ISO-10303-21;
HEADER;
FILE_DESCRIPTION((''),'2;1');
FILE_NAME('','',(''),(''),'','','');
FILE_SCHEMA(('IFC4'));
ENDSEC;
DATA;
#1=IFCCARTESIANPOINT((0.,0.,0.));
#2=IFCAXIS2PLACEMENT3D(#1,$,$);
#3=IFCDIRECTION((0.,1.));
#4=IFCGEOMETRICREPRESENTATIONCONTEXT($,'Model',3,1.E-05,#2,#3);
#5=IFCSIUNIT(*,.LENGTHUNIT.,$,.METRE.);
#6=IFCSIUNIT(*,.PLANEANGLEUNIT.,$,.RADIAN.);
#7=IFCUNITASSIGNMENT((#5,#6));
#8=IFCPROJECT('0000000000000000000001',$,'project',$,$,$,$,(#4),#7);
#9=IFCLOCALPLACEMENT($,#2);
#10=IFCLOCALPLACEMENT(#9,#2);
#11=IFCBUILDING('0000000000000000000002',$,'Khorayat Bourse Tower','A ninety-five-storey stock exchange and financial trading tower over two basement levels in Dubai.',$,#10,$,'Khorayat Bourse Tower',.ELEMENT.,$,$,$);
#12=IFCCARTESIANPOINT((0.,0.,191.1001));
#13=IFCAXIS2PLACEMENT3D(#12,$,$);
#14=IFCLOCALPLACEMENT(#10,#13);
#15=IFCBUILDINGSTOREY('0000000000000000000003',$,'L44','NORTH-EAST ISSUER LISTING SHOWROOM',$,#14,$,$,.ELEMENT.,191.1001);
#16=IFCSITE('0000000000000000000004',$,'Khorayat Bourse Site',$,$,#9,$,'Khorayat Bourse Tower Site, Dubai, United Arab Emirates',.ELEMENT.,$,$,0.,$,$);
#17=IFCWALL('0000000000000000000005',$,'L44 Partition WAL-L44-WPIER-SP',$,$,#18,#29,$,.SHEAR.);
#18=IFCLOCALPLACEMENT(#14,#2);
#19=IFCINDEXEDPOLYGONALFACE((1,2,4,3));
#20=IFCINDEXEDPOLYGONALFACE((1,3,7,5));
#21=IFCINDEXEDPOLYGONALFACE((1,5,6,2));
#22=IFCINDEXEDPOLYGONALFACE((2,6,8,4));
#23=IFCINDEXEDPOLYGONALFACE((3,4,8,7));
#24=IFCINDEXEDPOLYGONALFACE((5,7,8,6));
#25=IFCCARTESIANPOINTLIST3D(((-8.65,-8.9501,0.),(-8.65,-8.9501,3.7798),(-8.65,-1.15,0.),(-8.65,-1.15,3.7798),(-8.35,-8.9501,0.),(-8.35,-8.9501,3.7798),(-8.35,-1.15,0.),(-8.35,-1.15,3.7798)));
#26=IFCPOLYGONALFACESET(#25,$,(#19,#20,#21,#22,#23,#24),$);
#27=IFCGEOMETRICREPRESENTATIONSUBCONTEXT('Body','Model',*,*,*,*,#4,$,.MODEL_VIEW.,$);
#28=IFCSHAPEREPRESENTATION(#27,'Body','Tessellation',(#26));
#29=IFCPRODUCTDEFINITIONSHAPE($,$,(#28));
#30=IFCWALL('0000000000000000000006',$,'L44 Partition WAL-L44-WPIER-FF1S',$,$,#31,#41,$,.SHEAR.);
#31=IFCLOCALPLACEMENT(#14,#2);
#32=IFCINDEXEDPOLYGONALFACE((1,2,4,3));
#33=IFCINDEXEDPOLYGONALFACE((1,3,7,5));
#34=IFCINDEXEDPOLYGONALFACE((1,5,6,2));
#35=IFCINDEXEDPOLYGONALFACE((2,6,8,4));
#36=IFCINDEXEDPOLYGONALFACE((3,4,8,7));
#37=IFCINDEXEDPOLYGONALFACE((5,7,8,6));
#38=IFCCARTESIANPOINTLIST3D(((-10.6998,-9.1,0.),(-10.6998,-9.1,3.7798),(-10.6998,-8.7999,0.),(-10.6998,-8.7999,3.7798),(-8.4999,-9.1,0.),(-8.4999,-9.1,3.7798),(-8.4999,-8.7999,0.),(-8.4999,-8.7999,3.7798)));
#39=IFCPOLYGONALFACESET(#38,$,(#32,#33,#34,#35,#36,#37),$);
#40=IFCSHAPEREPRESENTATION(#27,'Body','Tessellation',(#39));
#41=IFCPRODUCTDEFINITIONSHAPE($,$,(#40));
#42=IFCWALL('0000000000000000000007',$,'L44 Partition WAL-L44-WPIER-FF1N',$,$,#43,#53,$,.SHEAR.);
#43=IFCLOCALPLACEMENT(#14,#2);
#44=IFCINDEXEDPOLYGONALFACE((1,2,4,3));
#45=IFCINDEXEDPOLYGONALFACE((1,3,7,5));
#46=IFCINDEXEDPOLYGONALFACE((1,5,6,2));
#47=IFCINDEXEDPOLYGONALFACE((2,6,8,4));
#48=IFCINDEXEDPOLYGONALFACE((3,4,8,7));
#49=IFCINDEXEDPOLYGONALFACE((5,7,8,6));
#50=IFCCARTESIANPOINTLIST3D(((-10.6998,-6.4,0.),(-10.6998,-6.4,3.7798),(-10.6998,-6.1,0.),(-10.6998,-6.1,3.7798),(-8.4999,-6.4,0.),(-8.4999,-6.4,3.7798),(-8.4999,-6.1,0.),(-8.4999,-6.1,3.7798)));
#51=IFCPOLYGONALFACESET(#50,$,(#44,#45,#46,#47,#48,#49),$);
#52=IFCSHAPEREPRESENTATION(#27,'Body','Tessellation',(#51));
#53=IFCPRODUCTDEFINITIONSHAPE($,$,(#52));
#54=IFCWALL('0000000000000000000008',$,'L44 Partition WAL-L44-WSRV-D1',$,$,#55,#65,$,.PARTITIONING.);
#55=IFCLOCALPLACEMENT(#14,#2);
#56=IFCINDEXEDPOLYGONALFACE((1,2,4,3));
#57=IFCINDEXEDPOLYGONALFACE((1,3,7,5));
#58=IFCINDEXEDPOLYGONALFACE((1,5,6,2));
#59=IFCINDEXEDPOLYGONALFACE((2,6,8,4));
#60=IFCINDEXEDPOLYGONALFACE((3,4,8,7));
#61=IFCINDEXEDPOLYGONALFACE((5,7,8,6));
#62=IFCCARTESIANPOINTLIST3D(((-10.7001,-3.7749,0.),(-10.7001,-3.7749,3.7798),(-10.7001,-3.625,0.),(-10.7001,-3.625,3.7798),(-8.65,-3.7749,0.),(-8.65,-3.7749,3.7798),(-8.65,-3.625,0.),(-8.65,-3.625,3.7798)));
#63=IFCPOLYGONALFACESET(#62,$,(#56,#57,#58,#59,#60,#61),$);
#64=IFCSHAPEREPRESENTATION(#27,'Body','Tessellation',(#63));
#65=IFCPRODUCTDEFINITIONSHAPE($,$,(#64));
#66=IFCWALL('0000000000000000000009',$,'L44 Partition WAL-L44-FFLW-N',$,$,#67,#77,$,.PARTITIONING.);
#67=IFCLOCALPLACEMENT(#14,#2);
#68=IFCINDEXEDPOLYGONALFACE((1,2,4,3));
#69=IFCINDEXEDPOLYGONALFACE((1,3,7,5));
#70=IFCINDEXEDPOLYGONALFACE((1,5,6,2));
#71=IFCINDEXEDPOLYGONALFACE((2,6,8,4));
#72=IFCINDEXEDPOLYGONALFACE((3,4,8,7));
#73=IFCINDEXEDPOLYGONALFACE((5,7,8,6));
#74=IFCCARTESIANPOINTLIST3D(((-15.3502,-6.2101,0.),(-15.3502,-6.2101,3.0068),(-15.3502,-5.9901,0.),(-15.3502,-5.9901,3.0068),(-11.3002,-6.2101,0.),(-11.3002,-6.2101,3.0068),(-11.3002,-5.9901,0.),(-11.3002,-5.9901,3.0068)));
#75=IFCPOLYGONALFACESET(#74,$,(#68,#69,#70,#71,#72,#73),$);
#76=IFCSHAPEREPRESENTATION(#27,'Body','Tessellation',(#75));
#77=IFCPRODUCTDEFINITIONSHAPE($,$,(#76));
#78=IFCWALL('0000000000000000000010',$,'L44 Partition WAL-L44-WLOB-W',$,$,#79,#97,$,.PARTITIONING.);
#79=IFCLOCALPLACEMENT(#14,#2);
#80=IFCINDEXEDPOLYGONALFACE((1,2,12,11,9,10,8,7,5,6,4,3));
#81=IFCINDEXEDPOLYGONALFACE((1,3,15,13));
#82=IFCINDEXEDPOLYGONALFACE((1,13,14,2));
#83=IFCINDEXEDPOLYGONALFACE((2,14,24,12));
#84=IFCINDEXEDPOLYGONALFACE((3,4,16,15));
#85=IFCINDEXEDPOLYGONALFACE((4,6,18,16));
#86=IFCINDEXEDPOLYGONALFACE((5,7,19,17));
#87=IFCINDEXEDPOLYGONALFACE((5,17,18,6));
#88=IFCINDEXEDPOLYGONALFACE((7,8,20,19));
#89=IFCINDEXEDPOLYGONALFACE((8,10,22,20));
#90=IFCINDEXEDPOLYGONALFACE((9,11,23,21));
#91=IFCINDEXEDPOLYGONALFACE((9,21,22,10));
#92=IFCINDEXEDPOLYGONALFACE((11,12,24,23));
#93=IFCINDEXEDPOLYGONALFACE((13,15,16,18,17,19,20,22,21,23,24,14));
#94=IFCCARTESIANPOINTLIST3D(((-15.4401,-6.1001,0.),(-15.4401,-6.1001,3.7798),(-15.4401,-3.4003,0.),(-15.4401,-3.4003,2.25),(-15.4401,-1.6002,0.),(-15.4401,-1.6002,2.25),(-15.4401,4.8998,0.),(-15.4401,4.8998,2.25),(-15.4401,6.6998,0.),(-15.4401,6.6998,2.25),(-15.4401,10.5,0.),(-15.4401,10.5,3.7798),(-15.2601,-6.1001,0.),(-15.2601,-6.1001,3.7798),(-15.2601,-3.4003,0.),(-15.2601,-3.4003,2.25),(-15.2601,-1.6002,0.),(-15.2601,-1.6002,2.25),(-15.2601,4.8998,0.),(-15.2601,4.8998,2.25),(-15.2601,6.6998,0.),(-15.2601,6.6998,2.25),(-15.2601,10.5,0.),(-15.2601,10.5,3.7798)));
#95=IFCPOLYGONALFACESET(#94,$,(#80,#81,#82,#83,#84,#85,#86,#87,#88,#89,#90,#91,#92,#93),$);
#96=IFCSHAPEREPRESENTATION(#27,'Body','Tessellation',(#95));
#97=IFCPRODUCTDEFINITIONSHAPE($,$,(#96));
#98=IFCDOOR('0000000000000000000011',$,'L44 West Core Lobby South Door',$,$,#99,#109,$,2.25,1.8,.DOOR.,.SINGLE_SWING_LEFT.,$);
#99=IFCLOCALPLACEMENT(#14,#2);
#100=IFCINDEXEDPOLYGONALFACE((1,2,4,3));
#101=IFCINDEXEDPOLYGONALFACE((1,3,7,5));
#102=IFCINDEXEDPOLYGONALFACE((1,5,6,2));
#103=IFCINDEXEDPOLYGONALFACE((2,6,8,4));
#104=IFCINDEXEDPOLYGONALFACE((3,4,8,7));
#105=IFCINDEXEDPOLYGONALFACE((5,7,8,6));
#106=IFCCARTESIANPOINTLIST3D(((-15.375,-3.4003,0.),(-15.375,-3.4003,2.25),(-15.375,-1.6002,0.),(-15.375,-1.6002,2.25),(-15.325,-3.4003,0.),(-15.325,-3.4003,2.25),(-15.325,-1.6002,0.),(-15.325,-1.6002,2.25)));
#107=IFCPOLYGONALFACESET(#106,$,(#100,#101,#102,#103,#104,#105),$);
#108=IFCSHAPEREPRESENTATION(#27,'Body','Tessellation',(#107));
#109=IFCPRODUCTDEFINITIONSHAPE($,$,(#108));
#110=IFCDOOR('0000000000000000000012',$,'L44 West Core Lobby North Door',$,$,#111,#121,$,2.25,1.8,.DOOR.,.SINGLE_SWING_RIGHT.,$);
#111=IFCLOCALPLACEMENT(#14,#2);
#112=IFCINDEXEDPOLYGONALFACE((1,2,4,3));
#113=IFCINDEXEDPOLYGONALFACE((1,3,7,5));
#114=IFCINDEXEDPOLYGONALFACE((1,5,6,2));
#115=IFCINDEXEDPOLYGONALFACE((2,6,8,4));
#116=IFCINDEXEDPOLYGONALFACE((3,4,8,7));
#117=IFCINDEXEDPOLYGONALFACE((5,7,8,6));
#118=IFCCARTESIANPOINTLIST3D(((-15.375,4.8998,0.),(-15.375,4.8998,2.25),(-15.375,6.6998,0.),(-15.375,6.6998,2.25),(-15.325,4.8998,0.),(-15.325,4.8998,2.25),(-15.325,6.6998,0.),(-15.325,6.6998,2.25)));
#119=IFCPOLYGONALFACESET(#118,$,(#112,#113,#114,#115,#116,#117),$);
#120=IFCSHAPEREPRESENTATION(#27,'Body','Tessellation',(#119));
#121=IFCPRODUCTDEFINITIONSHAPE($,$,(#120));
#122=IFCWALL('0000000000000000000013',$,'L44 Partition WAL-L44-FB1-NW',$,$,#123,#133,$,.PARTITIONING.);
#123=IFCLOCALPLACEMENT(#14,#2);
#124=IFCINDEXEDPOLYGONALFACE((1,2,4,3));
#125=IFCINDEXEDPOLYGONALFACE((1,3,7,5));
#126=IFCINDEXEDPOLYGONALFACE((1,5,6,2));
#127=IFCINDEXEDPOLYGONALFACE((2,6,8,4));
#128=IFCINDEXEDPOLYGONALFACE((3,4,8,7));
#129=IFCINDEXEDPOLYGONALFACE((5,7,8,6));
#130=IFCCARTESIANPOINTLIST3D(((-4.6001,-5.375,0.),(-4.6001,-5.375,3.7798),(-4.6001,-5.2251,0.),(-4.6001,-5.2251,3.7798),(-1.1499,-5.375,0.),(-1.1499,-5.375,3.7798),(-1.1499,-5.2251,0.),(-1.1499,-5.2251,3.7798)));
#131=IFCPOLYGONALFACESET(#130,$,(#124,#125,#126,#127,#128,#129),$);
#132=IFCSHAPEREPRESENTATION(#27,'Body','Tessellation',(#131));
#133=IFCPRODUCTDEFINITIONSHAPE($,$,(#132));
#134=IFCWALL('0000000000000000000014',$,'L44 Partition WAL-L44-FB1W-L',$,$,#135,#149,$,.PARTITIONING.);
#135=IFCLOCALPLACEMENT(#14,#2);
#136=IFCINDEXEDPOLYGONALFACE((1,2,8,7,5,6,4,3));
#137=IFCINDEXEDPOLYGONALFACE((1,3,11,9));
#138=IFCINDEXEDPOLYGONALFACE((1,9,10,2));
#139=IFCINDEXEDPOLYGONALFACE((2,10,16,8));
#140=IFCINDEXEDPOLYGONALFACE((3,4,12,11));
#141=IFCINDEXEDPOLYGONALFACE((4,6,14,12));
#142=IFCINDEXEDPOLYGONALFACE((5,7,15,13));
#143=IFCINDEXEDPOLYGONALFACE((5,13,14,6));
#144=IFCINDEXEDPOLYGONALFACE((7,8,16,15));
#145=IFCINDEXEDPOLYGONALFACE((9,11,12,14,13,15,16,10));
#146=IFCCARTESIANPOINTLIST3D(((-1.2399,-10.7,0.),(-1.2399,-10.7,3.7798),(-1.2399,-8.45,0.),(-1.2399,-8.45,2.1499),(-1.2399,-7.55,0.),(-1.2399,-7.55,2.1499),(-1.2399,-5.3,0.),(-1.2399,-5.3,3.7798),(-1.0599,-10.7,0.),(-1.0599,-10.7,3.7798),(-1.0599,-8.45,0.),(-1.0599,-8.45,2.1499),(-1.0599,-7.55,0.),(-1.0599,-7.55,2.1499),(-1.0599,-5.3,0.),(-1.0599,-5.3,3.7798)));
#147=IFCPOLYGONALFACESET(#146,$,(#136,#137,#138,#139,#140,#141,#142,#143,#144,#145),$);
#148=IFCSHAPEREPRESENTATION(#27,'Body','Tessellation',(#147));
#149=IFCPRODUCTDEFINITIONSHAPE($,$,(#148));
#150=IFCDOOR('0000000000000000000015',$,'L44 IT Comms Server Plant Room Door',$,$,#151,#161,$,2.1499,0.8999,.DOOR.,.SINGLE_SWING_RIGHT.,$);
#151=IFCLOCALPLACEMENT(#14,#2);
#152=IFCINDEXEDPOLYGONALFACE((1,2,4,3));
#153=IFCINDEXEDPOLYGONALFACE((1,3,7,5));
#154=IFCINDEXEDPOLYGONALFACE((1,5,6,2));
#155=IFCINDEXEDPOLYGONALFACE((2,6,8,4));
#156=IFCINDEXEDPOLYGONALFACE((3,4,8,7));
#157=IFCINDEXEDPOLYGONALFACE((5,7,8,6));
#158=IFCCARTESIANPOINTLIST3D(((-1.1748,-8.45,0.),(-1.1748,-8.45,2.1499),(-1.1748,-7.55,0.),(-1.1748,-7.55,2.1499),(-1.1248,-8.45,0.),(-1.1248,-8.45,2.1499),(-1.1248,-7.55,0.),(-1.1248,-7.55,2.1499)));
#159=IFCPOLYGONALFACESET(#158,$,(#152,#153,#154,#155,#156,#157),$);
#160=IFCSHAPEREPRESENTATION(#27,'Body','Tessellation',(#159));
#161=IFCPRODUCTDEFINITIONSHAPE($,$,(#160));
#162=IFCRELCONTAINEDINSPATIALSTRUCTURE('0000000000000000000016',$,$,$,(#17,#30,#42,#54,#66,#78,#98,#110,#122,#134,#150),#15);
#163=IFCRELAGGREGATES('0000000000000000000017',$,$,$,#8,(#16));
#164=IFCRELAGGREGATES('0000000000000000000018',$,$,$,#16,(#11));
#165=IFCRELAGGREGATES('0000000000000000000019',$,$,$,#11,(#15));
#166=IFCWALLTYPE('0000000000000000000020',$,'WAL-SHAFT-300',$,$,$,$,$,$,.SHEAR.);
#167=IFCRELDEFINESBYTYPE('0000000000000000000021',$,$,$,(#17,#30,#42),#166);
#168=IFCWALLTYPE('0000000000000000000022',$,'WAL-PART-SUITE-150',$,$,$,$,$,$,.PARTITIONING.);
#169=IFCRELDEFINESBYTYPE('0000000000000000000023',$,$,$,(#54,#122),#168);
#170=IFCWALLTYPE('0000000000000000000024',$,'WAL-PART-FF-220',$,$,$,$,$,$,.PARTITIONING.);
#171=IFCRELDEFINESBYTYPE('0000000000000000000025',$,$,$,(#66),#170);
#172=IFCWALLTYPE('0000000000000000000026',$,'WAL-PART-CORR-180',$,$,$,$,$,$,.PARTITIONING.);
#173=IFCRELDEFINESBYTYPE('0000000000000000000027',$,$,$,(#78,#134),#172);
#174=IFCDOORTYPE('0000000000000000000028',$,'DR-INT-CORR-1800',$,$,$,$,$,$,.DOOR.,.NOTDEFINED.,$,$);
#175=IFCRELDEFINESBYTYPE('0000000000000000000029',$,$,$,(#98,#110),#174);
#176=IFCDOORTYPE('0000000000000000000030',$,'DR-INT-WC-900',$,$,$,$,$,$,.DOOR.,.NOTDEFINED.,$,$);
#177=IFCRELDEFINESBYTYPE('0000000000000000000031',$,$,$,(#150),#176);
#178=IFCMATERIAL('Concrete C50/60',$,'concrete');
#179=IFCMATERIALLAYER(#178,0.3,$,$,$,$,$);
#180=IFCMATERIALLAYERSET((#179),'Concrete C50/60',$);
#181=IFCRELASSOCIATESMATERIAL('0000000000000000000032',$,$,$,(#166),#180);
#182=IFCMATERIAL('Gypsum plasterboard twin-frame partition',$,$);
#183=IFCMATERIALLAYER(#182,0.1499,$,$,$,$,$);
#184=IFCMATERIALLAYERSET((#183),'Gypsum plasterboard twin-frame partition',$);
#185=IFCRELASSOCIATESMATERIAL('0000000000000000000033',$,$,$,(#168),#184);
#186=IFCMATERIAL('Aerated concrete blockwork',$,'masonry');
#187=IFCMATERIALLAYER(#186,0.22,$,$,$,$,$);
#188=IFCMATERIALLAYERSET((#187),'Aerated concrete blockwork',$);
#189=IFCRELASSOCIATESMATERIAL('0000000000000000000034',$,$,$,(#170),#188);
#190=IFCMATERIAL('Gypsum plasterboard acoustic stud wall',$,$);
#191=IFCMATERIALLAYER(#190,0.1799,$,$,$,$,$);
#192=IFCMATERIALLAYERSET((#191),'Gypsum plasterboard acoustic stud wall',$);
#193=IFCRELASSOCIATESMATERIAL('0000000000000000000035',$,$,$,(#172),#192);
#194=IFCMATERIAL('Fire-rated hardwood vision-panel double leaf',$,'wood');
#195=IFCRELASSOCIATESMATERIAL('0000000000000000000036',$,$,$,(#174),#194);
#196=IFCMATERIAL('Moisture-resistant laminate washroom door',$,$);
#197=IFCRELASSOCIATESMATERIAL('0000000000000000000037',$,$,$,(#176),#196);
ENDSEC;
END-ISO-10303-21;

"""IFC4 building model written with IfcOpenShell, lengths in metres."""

from ifc_helpers import new_model, si_unit, direction, frame, frame_2d, origin, place, context, subcontext, project, spatial, rectangle, extrude, source, transform, mapped, material, layer, layer_set, type_object, element, fill, save


model = new_model("IFC4")

# Units and contexts
model_context = context("Model", 3, precision=1e-05, world=origin(), true_north=direction((0.0, 1.0)))
body_context = subcontext(model_context, "Body", "Model", "MODEL_VIEW")
ifc_project = project(units=[si_unit("LENGTHUNIT", "METRE"), si_unit("PLANEANGLEUNIT", "RADIAN")], contexts=[model_context])

# Site, building, storey
site_placement = place(None, origin())
site = spatial("IfcSite", under=ifc_project, at=site_placement, Name="Khorayat Bourse Site", LongName="Khorayat Bourse Tower Site, Dubai, United Arab Emirates", CompositionType="ELEMENT", RefElevation=0.0)
building_placement = place(site_placement, origin())
building = spatial("IfcBuilding", under=site, at=building_placement, Name="Khorayat Bourse Tower", Description="A ninety-five-storey stock exchange and financial trading tower over two basement levels in Dubai.", LongName="Khorayat Bourse Tower", CompositionType="ELEMENT")
storey_placement = place(building_placement, frame((0.0, 0.0, 191.1001)))
storey = spatial("IfcBuildingStorey", under=building, at=storey_placement, Name="L44", Description="NORTH-EAST ISSUER LISTING SHOWROOM", CompositionType="ELEMENT", Elevation=191.1001)

# Walls
ifc_material_1 = material(Name="Concrete C50/60", Category="concrete")
ifc_layer_1 = layer(ifc_material_1, 0.3)
ifc_layer_set_1 = layer_set([ifc_layer_1], Name="Concrete C50/60")
wall_type_1 = type_object("IfcWallType", Name="WAL-SHAFT-300", PredefinedType="SHEAR", material=ifc_layer_set_1)
shared_shape_1 = source(origin(), body_context, "Body", "SweptSolid", [
    extrude(rectangle(XDim=7.8, YDim=0.3, at=frame_2d((3.8999, 0.0))), origin(), (0.0, 0.0, 1.0), 3.7798),
])
wall_1_placement = place(storey_placement, frame((-8.5, -8.95, 0.0), z_axis=(0.0, 0.0, 1.0), x_axis=(0.0, 1.0, 0.0)))
element("IfcWall", 1, at=wall_1_placement, inside=storey, type_object=wall_type_1, Name="L44 Partition WAL-L44-WPIER-SP", PredefinedType="SHEAR", context=body_context, shape_type="MappedRepresentation", body=[
    mapped(shared_shape_1, transform((0.0, 0.0, 0.0), scale=1.0)),
])
shared_shape_2 = source(origin(), body_context, "Body", "SweptSolid", [
    extrude(rectangle(XDim=2.2, YDim=0.3, at=frame_2d((1.1001, 0.0))), origin(), (0.0, 0.0, 1.0), 3.7798),
])
for number, where, z_axis, x_axis, name in (
    (2, (-10.7, -8.95, 0.0), (0.0, 0.0, 1.0), (1.0, 0.0, 0.0), "L44 Partition WAL-L44-WPIER-FF1S"),
    (3, (-10.7, -6.25, 0.0), (0.0, 0.0, 1.0), (1.0, 0.0, 0.0), "L44 Partition WAL-L44-WPIER-FF1N"),
):
    element("IfcWall", number, at=place(storey_placement, frame(where, z_axis=z_axis, x_axis=x_axis)), inside=storey, type_object=wall_type_1, Name=name, PredefinedType="SHEAR", context=body_context, shape_type="MappedRepresentation", body=[
        mapped(shared_shape_2, transform((0.0, 0.0, 0.0), scale=1.0)),
    ])
ifc_material_2 = material(Name="Gypsum plasterboard twin-frame partition")
ifc_layer_2 = layer(ifc_material_2, 0.1499)
ifc_layer_set_2 = layer_set([ifc_layer_2], Name="Gypsum plasterboard twin-frame partition")
wall_type_2 = type_object("IfcWallType", Name="WAL-PART-SUITE-150", PredefinedType="PARTITIONING", material=ifc_layer_set_2)
shared_shape_3 = source(origin(), body_context, "Body", "SweptSolid", [
    extrude(rectangle(XDim=2.05, YDim=0.1499, at=frame_2d((1.0249, 0.0))), origin(), (0.0, 0.0, 1.0), 3.7798),
])
wall_2_placement = place(storey_placement, frame((-10.7, -3.7, 0.0), z_axis=(0.0, 0.0, 1.0), x_axis=(1.0, 0.0, 0.0)))
element("IfcWall", 4, at=wall_2_placement, inside=storey, type_object=wall_type_2, Name="L44 Partition WAL-L44-WSRV-D1", PredefinedType="PARTITIONING", context=body_context, shape_type="MappedRepresentation", body=[
    mapped(shared_shape_3, transform((0.0, 0.0, 0.0), scale=1.0)),
])
ifc_material_3 = material(Name="Aerated concrete blockwork", Category="masonry")
ifc_layer_3 = layer(ifc_material_3, 0.22)
ifc_layer_set_3 = layer_set([ifc_layer_3], Name="Aerated concrete blockwork")
wall_type_3 = type_object("IfcWallType", Name="WAL-PART-FF-220", PredefinedType="PARTITIONING", material=ifc_layer_set_3)
shared_shape_4 = source(origin(), body_context, "Body", "SweptSolid", [
    extrude(rectangle(XDim=4.05, YDim=0.22, at=frame_2d((2.0249, 0.0))), origin(), (0.0, 0.0, 1.0), 3.0068),
])
wall_3_placement = place(storey_placement, frame((-15.3501, -6.1001, 0.0), z_axis=(0.0, 0.0, 1.0), x_axis=(1.0, 0.0, 0.0)))
element("IfcWall", 5, at=wall_3_placement, inside=storey, type_object=wall_type_3, Name="L44 Partition WAL-L44-FFLW-N", PredefinedType="PARTITIONING", context=body_context, shape_type="MappedRepresentation", body=[
    mapped(shared_shape_4, transform((0.0, 0.0, 0.0), scale=1.0)),
])

# Wall, openings, doors
ifc_material_4 = material(Name="Gypsum plasterboard acoustic stud wall")
ifc_layer_4 = layer(ifc_material_4, 0.1799)
ifc_layer_set_4 = layer_set([ifc_layer_4], Name="Gypsum plasterboard acoustic stud wall")
wall_type_4 = type_object("IfcWallType", Name="WAL-PART-CORR-180", PredefinedType="PARTITIONING", material=ifc_layer_set_4)
shared_shape_5 = source(origin(), body_context, "Body", "SweptSolid", [
    extrude(rectangle(XDim=16.6001, YDim=0.1799, at=frame_2d((8.3, 0.0))), origin(), (0.0, 0.0, 1.0), 3.7798),
])
wall_4_placement = place(storey_placement, frame((-15.3501, -6.1001, 0.0), z_axis=(0.0, 0.0, 1.0), x_axis=(0.0, 1.0, 0.0)))
wall_4 = element("IfcWall", 6, at=wall_4_placement, inside=storey, type_object=wall_type_4, Name="L44 Partition WAL-L44-WLOB-W", PredefinedType="PARTITIONING", context=body_context, shape_type="MappedRepresentation", body=[
    mapped(shared_shape_5, transform((0.0, 0.0, 0.0), scale=1.0)),
])
shared_shape_6 = source(origin(), body_context, "Body", "SweptSolid", [
    extrude(rectangle(XDim=1.8, YDim=2.25, at=frame_2d((0.8999, 1.125))), frame((0.0, 0.0999, 0.0), z_axis=(0.0, -1.0, 0.0), x_axis=(1.0, 0.0, 0.0)), (0.0, 0.0, 1.0), 0.2),
])
opening_1_placement = place(wall_4_placement, frame((2.7, 0.0, 0.0)))
opening_1 = element("IfcOpeningElement", 7, at=opening_1_placement, cuts=wall_4, PredefinedType="OPENING", context=body_context, shape_type="MappedRepresentation", body=[
    mapped(shared_shape_6, transform((0.0, 0.0, 0.0), scale=1.0)),
])
opening_2_placement = place(wall_4_placement, frame((11.0, 0.0, 0.0)))
opening_2 = element("IfcOpeningElement", 8, at=opening_2_placement, cuts=wall_4, PredefinedType="OPENING", context=body_context, shape_type="MappedRepresentation", body=[
    mapped(shared_shape_6, transform((0.0, 0.0, 0.0), scale=1.0)),
])
ifc_material_5 = material(Name="Fire-rated hardwood vision-panel double leaf", Category="wood")
door_type_1 = type_object("IfcDoorType", Name="DR-INT-CORR-1800", OperationType="NOTDEFINED", PredefinedType="DOOR", material=ifc_material_5)
shared_shape_7 = source(origin(), body_context, "Body", "SweptSolid", [
    extrude(rectangle(XDim=1.8, YDim=2.25, at=frame_2d((0.8999, 1.125))), frame((0.0, 0.0249, 0.0), z_axis=(0.0, -1.0, 0.0), x_axis=(1.0, 0.0, 0.0)), (0.0, 0.0, 1.0), 0.05),
])
door_1_placement = place(opening_1_placement, origin())
door_1 = element("IfcDoor", 9, at=door_1_placement, inside=storey, type_object=door_type_1, Name="L44 West Core Lobby South Door", OperationType="SINGLE_SWING_LEFT", OverallHeight=2.25, OverallWidth=1.8, PredefinedType="DOOR", context=body_context, shape_type="MappedRepresentation", body=[
    mapped(shared_shape_7, transform((0.0, 0.0, 0.0), scale=1.0)),
])
fill(opening_1, door_1)
door_2_placement = place(opening_2_placement, origin())
door_2 = element("IfcDoor", 10, at=door_2_placement, inside=storey, type_object=door_type_1, Name="L44 West Core Lobby North Door", OperationType="SINGLE_SWING_RIGHT", OverallHeight=2.25, OverallWidth=1.8, PredefinedType="DOOR", context=body_context, shape_type="MappedRepresentation", body=[
    mapped(shared_shape_7, transform((0.0, 0.0, 0.0), scale=1.0)),
])
fill(opening_2, door_2)

# Wall
shared_shape_8 = source(origin(), body_context, "Body", "SweptSolid", [
    extrude(rectangle(XDim=3.4502, YDim=0.1499, at=frame_2d((1.7251, 0.0))), origin(), (0.0, 0.0, 1.0), 3.7798),
])
wall_5_placement = place(storey_placement, frame((-4.6001, -5.3, 0.0), z_axis=(0.0, 0.0, 1.0), x_axis=(1.0, 0.0, 0.0)))
element("IfcWall", 11, at=wall_5_placement, inside=storey, type_object=wall_type_2, Name="L44 Partition WAL-L44-FB1-NW", PredefinedType="PARTITIONING", context=body_context, shape_type="MappedRepresentation", body=[
    mapped(shared_shape_8, transform((0.0, 0.0, 0.0), scale=1.0)),
])

# Wall, opening, door
shared_shape_9 = source(origin(), body_context, "Body", "SweptSolid", [
    extrude(rectangle(XDim=5.3999, YDim=0.1799, at=frame_2d((2.7, 0.0))), origin(), (0.0, 0.0, 1.0), 3.7798),
])
wall_6_placement = place(storey_placement, frame((-1.1499, -10.7, 0.0), z_axis=(0.0, 0.0, 1.0), x_axis=(0.0, 1.0, 0.0)))
wall_6 = element("IfcWall", 12, at=wall_6_placement, inside=storey, type_object=wall_type_4, Name="L44 Partition WAL-L44-FB1W-L", PredefinedType="PARTITIONING", context=body_context, shape_type="MappedRepresentation", body=[
    mapped(shared_shape_9, transform((0.0, 0.0, 0.0), scale=1.0)),
])
shared_shape_10 = source(origin(), body_context, "Body", "SweptSolid", [
    extrude(rectangle(XDim=0.8999, YDim=2.1499, at=frame_2d((0.45, 1.075))), frame((0.0, 0.0999, 0.0), z_axis=(0.0, -1.0, 0.0), x_axis=(1.0, 0.0, 0.0)), (0.0, 0.0, 1.0), 0.2),
])
opening_3_placement = place(wall_6_placement, frame((2.25, 0.0, 0.0)))
opening_3 = element("IfcOpeningElement", 13, at=opening_3_placement, cuts=wall_6, PredefinedType="OPENING", context=body_context, shape_type="MappedRepresentation", body=[
    mapped(shared_shape_10, transform((0.0, 0.0, 0.0), scale=1.0)),
])
ifc_material_6 = material(Name="Moisture-resistant laminate washroom door")
door_type_2 = type_object("IfcDoorType", Name="DR-INT-WC-900", OperationType="NOTDEFINED", PredefinedType="DOOR", material=ifc_material_6)
shared_shape_11 = source(origin(), body_context, "Body", "SweptSolid", [
    extrude(rectangle(XDim=0.8999, YDim=2.1499, at=frame_2d((0.45, 1.075))), frame((0.0, 0.0249, 0.0), z_axis=(0.0, -1.0, 0.0), x_axis=(1.0, 0.0, 0.0)), (0.0, 0.0, 1.0), 0.05),
])
door_3_placement = place(opening_3_placement, origin())
door_3 = element("IfcDoor", 14, at=door_3_placement, inside=storey, type_object=door_type_2, Name="L44 IT Comms Server Plant Room Door", OperationType="SINGLE_SWING_RIGHT", OverallHeight=2.1499, OverallWidth=0.8999, PredefinedType="DOOR", context=body_context, shape_type="MappedRepresentation", body=[
    mapped(shared_shape_11, transform((0.0, 0.0, 0.0), scale=1.0)),
])
fill(opening_3, door_3)

save(model, "model.ifc")
